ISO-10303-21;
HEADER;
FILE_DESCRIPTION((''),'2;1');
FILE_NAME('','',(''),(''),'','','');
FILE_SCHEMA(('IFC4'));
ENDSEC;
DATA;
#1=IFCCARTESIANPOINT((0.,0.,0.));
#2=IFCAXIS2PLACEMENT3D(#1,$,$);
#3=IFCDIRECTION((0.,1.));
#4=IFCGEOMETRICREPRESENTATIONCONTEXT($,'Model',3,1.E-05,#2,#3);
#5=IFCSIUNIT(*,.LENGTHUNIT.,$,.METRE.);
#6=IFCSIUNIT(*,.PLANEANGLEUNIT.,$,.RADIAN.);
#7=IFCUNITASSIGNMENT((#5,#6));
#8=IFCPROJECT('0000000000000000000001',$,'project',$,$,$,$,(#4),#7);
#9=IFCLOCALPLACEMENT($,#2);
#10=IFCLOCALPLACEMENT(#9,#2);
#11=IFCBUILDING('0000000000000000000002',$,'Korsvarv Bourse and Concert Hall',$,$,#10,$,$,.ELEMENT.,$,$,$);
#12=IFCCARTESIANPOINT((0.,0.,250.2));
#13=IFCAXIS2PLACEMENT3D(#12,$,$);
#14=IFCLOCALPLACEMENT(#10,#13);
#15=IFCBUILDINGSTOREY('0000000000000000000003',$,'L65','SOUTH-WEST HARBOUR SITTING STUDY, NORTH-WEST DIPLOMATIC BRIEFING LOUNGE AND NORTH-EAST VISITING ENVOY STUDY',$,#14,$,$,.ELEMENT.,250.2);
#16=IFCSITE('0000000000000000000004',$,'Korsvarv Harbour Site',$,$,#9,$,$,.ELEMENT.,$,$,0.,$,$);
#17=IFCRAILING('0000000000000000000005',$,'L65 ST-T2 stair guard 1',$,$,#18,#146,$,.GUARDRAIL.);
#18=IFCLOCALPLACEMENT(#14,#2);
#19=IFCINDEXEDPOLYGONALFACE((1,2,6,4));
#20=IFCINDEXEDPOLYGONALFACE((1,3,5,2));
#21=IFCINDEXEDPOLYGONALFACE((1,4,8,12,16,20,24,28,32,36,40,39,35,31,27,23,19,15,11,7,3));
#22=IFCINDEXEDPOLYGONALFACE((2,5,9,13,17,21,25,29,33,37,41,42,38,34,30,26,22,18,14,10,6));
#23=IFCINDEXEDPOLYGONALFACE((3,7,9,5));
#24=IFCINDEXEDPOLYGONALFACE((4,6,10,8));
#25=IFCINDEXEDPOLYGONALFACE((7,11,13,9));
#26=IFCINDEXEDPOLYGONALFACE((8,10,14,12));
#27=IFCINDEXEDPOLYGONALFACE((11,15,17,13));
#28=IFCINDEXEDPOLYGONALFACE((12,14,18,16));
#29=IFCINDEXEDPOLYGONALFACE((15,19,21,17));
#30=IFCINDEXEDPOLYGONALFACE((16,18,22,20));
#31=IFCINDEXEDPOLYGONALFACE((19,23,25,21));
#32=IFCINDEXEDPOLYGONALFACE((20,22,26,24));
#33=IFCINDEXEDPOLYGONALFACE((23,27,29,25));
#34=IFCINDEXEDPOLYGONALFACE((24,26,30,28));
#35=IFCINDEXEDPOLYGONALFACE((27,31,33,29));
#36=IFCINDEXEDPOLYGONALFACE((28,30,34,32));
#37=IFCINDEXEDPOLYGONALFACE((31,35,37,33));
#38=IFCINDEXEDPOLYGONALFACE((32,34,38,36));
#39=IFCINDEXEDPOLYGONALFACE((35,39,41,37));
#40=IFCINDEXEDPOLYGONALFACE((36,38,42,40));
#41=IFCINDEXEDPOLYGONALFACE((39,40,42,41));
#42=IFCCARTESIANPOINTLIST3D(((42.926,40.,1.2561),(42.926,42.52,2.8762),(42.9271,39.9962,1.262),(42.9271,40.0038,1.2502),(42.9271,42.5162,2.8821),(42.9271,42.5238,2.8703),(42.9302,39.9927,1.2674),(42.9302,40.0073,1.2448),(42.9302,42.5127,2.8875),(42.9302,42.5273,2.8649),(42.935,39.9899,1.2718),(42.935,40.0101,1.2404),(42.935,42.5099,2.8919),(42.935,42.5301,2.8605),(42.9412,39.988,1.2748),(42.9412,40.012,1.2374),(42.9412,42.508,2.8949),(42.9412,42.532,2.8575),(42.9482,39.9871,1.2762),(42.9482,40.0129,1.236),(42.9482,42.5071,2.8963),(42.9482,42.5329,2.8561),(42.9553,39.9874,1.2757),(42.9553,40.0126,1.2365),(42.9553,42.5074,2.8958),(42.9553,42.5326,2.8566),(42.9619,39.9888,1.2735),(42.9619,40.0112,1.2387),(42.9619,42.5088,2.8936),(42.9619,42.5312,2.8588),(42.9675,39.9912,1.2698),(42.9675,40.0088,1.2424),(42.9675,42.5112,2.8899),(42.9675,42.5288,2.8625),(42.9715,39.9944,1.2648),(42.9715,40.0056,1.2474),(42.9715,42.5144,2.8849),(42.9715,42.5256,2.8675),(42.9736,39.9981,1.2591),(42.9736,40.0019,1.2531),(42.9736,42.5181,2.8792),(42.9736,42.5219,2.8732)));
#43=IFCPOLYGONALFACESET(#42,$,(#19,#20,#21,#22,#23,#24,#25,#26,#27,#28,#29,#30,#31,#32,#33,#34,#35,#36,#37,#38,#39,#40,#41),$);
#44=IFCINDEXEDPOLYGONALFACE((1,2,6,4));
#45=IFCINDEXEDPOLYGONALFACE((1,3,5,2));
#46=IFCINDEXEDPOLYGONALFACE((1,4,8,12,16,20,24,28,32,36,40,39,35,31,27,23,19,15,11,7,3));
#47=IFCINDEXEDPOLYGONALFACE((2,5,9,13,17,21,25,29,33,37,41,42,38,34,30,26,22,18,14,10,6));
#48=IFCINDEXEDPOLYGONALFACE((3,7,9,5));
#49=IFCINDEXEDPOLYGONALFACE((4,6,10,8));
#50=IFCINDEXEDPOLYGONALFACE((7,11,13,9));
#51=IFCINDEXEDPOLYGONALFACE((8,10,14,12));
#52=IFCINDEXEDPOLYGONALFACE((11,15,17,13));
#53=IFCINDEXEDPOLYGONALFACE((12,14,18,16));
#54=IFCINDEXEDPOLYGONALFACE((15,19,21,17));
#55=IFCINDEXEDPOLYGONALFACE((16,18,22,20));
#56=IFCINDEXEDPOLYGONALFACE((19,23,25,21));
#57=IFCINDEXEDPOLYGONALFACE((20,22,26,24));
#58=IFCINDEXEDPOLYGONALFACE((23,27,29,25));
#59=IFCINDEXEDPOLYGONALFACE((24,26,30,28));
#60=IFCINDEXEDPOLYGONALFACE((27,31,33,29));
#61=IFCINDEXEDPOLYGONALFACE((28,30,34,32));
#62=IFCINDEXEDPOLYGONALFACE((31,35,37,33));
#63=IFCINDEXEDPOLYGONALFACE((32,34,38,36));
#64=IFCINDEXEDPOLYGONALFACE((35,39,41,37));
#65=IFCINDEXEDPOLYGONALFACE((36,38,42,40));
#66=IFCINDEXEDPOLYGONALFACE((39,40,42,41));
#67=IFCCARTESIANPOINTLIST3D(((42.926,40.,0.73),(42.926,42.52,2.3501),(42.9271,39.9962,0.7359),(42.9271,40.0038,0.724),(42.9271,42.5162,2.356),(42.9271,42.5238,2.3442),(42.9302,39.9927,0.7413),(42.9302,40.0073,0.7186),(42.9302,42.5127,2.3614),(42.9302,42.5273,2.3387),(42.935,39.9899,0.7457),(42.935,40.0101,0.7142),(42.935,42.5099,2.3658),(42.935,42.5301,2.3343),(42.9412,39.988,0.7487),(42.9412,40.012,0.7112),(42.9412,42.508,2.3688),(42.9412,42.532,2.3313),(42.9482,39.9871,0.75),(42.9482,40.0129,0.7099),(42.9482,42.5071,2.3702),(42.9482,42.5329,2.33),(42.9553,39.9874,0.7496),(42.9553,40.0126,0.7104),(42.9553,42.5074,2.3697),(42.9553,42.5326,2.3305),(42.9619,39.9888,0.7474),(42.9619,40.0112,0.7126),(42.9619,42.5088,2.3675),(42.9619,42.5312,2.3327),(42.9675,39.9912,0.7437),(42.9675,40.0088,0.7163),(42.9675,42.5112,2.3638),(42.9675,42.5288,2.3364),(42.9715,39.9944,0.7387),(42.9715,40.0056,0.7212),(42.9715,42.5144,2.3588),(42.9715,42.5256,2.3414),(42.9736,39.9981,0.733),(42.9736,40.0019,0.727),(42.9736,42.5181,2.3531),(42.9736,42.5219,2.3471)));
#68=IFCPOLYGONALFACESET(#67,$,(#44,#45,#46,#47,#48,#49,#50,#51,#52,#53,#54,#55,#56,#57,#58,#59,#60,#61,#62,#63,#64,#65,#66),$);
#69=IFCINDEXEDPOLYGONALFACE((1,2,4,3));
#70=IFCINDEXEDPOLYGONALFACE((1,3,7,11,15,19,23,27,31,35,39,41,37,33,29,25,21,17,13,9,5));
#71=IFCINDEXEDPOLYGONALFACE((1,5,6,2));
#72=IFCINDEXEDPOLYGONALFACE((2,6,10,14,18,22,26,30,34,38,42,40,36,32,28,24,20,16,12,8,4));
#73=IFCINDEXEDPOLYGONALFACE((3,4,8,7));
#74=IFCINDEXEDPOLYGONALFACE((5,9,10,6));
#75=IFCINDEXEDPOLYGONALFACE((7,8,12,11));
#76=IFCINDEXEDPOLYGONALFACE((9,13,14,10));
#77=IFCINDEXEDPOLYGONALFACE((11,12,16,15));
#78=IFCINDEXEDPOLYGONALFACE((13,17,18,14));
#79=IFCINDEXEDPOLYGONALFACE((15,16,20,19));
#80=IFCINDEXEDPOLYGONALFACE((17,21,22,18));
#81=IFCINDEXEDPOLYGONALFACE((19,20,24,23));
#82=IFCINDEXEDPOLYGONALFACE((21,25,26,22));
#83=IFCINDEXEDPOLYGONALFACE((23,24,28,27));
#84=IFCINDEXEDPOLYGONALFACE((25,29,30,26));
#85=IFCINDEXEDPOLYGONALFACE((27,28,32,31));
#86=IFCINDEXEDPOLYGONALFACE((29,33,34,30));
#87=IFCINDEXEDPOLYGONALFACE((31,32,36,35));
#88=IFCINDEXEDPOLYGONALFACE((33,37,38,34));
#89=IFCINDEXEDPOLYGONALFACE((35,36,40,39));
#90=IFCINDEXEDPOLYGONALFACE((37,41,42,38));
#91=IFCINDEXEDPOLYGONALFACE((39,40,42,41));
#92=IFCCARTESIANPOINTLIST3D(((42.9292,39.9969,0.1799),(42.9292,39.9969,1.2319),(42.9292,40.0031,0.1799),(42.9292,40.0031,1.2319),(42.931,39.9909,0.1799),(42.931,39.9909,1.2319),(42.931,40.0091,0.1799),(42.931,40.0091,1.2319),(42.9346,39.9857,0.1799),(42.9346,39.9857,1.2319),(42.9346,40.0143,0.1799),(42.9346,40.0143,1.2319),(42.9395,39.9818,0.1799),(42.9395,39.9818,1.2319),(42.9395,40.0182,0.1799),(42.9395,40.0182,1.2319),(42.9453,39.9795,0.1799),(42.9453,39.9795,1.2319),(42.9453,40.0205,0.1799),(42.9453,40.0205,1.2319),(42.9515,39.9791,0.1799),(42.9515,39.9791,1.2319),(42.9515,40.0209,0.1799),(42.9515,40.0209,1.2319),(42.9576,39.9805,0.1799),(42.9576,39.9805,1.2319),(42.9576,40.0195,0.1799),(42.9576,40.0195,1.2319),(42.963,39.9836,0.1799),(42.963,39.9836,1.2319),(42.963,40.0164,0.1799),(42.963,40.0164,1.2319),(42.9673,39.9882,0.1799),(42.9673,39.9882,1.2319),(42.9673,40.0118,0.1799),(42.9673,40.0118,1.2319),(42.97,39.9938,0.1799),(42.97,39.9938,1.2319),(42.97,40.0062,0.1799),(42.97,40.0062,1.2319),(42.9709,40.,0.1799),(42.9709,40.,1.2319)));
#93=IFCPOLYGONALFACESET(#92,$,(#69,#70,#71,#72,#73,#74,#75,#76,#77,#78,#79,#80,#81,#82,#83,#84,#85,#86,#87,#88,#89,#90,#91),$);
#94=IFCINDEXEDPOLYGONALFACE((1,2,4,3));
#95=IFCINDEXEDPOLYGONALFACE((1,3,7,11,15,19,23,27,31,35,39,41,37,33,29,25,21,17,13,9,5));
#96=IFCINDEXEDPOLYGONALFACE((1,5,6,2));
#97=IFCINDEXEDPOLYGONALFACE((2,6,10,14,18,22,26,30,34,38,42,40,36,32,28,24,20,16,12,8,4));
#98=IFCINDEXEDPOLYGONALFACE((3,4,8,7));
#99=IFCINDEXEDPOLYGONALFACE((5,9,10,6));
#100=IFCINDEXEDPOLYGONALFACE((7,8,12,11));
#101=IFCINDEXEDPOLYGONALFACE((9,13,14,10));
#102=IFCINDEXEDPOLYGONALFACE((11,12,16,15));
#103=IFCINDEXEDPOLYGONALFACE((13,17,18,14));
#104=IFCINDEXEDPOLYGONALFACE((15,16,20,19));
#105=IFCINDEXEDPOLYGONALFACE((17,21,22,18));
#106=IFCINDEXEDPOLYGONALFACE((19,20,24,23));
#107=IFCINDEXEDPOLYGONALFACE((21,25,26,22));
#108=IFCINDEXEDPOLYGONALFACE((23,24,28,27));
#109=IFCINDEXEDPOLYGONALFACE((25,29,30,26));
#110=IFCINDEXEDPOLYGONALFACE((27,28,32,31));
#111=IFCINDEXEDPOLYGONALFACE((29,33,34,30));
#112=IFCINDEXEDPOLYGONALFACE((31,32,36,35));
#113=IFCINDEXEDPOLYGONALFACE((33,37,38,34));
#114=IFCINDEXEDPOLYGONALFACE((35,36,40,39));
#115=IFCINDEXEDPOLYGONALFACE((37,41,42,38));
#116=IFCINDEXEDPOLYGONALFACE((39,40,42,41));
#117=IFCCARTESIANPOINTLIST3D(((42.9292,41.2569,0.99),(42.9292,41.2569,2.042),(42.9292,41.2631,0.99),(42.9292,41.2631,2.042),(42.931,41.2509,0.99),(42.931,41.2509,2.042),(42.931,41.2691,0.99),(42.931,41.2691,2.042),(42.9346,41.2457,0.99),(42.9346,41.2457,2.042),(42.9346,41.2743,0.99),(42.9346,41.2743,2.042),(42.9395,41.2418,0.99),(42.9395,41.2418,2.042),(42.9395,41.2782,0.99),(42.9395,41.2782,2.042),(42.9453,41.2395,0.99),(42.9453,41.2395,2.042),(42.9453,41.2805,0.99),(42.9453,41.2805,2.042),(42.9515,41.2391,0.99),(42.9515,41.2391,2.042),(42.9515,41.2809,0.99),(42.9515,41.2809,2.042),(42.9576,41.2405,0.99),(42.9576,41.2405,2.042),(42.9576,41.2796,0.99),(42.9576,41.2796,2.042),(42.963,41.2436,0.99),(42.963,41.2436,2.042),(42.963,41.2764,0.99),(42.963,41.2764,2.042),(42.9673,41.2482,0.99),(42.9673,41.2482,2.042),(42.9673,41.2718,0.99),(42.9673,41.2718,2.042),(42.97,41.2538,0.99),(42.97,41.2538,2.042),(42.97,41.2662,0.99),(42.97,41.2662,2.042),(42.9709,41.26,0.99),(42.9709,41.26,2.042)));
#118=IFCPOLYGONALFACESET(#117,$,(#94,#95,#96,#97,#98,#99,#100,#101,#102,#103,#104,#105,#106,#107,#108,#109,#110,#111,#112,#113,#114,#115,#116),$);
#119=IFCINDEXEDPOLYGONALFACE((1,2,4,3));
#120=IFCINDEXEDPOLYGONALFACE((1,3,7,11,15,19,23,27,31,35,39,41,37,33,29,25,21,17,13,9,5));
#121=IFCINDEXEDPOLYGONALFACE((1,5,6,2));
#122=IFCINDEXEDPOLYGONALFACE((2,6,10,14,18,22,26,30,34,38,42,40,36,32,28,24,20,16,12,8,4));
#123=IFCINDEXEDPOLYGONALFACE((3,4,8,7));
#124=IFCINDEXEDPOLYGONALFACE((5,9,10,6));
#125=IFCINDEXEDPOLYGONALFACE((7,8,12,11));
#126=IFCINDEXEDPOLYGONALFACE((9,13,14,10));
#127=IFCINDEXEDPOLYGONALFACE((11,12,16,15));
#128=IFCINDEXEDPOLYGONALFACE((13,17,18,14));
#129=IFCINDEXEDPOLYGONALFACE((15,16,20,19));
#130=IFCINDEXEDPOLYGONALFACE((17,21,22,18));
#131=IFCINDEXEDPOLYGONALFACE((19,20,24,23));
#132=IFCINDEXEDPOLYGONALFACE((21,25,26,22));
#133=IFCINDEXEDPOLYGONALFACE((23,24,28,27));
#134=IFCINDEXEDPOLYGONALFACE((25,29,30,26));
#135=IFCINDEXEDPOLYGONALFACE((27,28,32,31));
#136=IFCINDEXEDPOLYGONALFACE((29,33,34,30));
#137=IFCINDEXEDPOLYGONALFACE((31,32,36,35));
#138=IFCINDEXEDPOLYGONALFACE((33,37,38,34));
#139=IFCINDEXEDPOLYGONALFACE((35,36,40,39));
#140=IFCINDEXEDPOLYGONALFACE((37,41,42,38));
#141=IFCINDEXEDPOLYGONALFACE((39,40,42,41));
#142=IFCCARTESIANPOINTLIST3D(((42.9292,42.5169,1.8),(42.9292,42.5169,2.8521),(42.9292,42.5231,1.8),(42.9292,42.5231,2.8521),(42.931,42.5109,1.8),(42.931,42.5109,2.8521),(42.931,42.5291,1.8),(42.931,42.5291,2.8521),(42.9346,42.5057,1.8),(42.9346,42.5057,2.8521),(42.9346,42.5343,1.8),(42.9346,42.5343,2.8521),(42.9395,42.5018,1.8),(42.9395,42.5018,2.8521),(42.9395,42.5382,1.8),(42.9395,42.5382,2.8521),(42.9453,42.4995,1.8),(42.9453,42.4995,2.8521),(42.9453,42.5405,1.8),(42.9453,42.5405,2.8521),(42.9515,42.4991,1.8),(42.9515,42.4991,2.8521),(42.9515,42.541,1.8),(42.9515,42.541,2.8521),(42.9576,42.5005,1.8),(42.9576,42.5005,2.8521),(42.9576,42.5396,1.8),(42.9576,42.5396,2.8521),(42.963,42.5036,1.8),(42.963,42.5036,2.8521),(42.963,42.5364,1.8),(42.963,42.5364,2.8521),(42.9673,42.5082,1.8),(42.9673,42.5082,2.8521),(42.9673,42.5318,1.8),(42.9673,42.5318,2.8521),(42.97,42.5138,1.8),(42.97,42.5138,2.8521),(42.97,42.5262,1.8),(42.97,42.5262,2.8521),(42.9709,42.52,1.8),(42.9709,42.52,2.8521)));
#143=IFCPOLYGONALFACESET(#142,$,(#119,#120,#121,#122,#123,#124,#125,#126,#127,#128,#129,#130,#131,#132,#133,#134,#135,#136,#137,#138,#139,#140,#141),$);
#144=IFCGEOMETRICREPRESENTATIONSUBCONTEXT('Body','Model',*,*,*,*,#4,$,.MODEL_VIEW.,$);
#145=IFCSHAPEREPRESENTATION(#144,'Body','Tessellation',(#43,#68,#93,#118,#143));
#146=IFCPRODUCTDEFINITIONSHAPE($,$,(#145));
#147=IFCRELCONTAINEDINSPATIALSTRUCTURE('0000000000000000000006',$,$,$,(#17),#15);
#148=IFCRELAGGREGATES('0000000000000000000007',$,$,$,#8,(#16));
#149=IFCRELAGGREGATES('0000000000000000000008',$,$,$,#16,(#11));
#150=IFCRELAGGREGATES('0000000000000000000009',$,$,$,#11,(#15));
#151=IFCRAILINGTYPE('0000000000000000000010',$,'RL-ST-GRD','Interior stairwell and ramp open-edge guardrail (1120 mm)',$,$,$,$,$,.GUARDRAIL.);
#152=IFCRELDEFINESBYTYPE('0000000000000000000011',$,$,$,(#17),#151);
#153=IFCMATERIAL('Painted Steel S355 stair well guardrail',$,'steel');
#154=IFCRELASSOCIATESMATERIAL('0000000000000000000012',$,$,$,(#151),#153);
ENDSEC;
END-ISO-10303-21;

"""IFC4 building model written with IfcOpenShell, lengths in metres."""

from ifc_helpers import new_model, si_unit, direction, frame, origin, origin_2d, place, context, subcontext, project, spatial, circle, extrude, material, type_object, element, save


model = new_model("IFC4")

# Units and contexts
model_context = context("Model", 3, precision=1e-05, world=origin(), true_north=direction((0.0, 1.0)))
body_context = subcontext(model_context, "Body", "Model", "MODEL_VIEW")
ifc_project = project(units=[si_unit("LENGTHUNIT", "METRE"), si_unit("PLANEANGLEUNIT", "RADIAN")], contexts=[model_context])

# Site, building, storey
site_placement = place(None, origin())
site = spatial("IfcSite", under=ifc_project, at=site_placement, Name="Korsvarv Harbour Site", CompositionType="ELEMENT", RefElevation=0.0)
building_placement = place(site_placement, origin())
building = spatial("IfcBuilding", under=site, at=building_placement, Name="Korsvarv Bourse and Concert Hall", CompositionType="ELEMENT")
storey_placement = place(building_placement, frame((0.0, 0.0, 250.2)))
storey = spatial("IfcBuildingStorey", under=building, at=storey_placement, Name="L65", Description="SOUTH-WEST HARBOUR SITTING STUDY, NORTH-WEST DIPLOMATIC BRIEFING LOUNGE AND NORTH-EAST VISITING ENVOY STUDY", CompositionType="ELEMENT", Elevation=250.2)

# Railing
ifc_material_1 = material(Name="Painted Steel S355 stair well guardrail", Category="steel")
railing_type_1 = type_object("IfcRailingType", Name="RL-ST-GRD", Description="Interior stairwell and ramp open-edge guardrail (1120 mm)", PredefinedType="GUARDRAIL", material=ifc_material_1)
railing_1_placement = place(storey_placement, frame((42.95, 40.0, 0.1799)))
element("IfcRailing", 1, at=railing_1_placement, inside=storey, type_object=railing_type_1, Name="L65 ST-T2 stair guard 1", PredefinedType="GUARDRAIL", context=body_context, shape_type="SweptSolid", body=[
    extrude(circle(Radius=0.0239, at=origin_2d()), frame((0.0, 0.0, 1.0762), z_axis=(0.0, 0.841163, 0.540782), x_axis=(-1.0, 0.0, 0.0)), (0.0, 0.0, 1.0), 2.9958),
    extrude(circle(Radius=0.0239, at=origin_2d()), frame((0.0, 0.0, 0.55), z_axis=(0.0, 0.841163, 0.540782), x_axis=(-1.0, 0.0, 0.0)), (0.0, 0.0, 1.0), 2.9958),
    extrude(circle(Radius=0.021, at=origin_2d()), origin(), (0.0, 0.0, 1.0), 1.052),
    extrude(circle(Radius=0.021, at=origin_2d()), frame((0.0, 1.26, 0.8101)), (0.0, 0.0, 1.0), 1.052),
    extrude(circle(Radius=0.021, at=origin_2d()), frame((0.0, 2.52, 1.6201)), (0.0, 0.0, 1.0), 1.052),
])

save(model, "model.ifc")
